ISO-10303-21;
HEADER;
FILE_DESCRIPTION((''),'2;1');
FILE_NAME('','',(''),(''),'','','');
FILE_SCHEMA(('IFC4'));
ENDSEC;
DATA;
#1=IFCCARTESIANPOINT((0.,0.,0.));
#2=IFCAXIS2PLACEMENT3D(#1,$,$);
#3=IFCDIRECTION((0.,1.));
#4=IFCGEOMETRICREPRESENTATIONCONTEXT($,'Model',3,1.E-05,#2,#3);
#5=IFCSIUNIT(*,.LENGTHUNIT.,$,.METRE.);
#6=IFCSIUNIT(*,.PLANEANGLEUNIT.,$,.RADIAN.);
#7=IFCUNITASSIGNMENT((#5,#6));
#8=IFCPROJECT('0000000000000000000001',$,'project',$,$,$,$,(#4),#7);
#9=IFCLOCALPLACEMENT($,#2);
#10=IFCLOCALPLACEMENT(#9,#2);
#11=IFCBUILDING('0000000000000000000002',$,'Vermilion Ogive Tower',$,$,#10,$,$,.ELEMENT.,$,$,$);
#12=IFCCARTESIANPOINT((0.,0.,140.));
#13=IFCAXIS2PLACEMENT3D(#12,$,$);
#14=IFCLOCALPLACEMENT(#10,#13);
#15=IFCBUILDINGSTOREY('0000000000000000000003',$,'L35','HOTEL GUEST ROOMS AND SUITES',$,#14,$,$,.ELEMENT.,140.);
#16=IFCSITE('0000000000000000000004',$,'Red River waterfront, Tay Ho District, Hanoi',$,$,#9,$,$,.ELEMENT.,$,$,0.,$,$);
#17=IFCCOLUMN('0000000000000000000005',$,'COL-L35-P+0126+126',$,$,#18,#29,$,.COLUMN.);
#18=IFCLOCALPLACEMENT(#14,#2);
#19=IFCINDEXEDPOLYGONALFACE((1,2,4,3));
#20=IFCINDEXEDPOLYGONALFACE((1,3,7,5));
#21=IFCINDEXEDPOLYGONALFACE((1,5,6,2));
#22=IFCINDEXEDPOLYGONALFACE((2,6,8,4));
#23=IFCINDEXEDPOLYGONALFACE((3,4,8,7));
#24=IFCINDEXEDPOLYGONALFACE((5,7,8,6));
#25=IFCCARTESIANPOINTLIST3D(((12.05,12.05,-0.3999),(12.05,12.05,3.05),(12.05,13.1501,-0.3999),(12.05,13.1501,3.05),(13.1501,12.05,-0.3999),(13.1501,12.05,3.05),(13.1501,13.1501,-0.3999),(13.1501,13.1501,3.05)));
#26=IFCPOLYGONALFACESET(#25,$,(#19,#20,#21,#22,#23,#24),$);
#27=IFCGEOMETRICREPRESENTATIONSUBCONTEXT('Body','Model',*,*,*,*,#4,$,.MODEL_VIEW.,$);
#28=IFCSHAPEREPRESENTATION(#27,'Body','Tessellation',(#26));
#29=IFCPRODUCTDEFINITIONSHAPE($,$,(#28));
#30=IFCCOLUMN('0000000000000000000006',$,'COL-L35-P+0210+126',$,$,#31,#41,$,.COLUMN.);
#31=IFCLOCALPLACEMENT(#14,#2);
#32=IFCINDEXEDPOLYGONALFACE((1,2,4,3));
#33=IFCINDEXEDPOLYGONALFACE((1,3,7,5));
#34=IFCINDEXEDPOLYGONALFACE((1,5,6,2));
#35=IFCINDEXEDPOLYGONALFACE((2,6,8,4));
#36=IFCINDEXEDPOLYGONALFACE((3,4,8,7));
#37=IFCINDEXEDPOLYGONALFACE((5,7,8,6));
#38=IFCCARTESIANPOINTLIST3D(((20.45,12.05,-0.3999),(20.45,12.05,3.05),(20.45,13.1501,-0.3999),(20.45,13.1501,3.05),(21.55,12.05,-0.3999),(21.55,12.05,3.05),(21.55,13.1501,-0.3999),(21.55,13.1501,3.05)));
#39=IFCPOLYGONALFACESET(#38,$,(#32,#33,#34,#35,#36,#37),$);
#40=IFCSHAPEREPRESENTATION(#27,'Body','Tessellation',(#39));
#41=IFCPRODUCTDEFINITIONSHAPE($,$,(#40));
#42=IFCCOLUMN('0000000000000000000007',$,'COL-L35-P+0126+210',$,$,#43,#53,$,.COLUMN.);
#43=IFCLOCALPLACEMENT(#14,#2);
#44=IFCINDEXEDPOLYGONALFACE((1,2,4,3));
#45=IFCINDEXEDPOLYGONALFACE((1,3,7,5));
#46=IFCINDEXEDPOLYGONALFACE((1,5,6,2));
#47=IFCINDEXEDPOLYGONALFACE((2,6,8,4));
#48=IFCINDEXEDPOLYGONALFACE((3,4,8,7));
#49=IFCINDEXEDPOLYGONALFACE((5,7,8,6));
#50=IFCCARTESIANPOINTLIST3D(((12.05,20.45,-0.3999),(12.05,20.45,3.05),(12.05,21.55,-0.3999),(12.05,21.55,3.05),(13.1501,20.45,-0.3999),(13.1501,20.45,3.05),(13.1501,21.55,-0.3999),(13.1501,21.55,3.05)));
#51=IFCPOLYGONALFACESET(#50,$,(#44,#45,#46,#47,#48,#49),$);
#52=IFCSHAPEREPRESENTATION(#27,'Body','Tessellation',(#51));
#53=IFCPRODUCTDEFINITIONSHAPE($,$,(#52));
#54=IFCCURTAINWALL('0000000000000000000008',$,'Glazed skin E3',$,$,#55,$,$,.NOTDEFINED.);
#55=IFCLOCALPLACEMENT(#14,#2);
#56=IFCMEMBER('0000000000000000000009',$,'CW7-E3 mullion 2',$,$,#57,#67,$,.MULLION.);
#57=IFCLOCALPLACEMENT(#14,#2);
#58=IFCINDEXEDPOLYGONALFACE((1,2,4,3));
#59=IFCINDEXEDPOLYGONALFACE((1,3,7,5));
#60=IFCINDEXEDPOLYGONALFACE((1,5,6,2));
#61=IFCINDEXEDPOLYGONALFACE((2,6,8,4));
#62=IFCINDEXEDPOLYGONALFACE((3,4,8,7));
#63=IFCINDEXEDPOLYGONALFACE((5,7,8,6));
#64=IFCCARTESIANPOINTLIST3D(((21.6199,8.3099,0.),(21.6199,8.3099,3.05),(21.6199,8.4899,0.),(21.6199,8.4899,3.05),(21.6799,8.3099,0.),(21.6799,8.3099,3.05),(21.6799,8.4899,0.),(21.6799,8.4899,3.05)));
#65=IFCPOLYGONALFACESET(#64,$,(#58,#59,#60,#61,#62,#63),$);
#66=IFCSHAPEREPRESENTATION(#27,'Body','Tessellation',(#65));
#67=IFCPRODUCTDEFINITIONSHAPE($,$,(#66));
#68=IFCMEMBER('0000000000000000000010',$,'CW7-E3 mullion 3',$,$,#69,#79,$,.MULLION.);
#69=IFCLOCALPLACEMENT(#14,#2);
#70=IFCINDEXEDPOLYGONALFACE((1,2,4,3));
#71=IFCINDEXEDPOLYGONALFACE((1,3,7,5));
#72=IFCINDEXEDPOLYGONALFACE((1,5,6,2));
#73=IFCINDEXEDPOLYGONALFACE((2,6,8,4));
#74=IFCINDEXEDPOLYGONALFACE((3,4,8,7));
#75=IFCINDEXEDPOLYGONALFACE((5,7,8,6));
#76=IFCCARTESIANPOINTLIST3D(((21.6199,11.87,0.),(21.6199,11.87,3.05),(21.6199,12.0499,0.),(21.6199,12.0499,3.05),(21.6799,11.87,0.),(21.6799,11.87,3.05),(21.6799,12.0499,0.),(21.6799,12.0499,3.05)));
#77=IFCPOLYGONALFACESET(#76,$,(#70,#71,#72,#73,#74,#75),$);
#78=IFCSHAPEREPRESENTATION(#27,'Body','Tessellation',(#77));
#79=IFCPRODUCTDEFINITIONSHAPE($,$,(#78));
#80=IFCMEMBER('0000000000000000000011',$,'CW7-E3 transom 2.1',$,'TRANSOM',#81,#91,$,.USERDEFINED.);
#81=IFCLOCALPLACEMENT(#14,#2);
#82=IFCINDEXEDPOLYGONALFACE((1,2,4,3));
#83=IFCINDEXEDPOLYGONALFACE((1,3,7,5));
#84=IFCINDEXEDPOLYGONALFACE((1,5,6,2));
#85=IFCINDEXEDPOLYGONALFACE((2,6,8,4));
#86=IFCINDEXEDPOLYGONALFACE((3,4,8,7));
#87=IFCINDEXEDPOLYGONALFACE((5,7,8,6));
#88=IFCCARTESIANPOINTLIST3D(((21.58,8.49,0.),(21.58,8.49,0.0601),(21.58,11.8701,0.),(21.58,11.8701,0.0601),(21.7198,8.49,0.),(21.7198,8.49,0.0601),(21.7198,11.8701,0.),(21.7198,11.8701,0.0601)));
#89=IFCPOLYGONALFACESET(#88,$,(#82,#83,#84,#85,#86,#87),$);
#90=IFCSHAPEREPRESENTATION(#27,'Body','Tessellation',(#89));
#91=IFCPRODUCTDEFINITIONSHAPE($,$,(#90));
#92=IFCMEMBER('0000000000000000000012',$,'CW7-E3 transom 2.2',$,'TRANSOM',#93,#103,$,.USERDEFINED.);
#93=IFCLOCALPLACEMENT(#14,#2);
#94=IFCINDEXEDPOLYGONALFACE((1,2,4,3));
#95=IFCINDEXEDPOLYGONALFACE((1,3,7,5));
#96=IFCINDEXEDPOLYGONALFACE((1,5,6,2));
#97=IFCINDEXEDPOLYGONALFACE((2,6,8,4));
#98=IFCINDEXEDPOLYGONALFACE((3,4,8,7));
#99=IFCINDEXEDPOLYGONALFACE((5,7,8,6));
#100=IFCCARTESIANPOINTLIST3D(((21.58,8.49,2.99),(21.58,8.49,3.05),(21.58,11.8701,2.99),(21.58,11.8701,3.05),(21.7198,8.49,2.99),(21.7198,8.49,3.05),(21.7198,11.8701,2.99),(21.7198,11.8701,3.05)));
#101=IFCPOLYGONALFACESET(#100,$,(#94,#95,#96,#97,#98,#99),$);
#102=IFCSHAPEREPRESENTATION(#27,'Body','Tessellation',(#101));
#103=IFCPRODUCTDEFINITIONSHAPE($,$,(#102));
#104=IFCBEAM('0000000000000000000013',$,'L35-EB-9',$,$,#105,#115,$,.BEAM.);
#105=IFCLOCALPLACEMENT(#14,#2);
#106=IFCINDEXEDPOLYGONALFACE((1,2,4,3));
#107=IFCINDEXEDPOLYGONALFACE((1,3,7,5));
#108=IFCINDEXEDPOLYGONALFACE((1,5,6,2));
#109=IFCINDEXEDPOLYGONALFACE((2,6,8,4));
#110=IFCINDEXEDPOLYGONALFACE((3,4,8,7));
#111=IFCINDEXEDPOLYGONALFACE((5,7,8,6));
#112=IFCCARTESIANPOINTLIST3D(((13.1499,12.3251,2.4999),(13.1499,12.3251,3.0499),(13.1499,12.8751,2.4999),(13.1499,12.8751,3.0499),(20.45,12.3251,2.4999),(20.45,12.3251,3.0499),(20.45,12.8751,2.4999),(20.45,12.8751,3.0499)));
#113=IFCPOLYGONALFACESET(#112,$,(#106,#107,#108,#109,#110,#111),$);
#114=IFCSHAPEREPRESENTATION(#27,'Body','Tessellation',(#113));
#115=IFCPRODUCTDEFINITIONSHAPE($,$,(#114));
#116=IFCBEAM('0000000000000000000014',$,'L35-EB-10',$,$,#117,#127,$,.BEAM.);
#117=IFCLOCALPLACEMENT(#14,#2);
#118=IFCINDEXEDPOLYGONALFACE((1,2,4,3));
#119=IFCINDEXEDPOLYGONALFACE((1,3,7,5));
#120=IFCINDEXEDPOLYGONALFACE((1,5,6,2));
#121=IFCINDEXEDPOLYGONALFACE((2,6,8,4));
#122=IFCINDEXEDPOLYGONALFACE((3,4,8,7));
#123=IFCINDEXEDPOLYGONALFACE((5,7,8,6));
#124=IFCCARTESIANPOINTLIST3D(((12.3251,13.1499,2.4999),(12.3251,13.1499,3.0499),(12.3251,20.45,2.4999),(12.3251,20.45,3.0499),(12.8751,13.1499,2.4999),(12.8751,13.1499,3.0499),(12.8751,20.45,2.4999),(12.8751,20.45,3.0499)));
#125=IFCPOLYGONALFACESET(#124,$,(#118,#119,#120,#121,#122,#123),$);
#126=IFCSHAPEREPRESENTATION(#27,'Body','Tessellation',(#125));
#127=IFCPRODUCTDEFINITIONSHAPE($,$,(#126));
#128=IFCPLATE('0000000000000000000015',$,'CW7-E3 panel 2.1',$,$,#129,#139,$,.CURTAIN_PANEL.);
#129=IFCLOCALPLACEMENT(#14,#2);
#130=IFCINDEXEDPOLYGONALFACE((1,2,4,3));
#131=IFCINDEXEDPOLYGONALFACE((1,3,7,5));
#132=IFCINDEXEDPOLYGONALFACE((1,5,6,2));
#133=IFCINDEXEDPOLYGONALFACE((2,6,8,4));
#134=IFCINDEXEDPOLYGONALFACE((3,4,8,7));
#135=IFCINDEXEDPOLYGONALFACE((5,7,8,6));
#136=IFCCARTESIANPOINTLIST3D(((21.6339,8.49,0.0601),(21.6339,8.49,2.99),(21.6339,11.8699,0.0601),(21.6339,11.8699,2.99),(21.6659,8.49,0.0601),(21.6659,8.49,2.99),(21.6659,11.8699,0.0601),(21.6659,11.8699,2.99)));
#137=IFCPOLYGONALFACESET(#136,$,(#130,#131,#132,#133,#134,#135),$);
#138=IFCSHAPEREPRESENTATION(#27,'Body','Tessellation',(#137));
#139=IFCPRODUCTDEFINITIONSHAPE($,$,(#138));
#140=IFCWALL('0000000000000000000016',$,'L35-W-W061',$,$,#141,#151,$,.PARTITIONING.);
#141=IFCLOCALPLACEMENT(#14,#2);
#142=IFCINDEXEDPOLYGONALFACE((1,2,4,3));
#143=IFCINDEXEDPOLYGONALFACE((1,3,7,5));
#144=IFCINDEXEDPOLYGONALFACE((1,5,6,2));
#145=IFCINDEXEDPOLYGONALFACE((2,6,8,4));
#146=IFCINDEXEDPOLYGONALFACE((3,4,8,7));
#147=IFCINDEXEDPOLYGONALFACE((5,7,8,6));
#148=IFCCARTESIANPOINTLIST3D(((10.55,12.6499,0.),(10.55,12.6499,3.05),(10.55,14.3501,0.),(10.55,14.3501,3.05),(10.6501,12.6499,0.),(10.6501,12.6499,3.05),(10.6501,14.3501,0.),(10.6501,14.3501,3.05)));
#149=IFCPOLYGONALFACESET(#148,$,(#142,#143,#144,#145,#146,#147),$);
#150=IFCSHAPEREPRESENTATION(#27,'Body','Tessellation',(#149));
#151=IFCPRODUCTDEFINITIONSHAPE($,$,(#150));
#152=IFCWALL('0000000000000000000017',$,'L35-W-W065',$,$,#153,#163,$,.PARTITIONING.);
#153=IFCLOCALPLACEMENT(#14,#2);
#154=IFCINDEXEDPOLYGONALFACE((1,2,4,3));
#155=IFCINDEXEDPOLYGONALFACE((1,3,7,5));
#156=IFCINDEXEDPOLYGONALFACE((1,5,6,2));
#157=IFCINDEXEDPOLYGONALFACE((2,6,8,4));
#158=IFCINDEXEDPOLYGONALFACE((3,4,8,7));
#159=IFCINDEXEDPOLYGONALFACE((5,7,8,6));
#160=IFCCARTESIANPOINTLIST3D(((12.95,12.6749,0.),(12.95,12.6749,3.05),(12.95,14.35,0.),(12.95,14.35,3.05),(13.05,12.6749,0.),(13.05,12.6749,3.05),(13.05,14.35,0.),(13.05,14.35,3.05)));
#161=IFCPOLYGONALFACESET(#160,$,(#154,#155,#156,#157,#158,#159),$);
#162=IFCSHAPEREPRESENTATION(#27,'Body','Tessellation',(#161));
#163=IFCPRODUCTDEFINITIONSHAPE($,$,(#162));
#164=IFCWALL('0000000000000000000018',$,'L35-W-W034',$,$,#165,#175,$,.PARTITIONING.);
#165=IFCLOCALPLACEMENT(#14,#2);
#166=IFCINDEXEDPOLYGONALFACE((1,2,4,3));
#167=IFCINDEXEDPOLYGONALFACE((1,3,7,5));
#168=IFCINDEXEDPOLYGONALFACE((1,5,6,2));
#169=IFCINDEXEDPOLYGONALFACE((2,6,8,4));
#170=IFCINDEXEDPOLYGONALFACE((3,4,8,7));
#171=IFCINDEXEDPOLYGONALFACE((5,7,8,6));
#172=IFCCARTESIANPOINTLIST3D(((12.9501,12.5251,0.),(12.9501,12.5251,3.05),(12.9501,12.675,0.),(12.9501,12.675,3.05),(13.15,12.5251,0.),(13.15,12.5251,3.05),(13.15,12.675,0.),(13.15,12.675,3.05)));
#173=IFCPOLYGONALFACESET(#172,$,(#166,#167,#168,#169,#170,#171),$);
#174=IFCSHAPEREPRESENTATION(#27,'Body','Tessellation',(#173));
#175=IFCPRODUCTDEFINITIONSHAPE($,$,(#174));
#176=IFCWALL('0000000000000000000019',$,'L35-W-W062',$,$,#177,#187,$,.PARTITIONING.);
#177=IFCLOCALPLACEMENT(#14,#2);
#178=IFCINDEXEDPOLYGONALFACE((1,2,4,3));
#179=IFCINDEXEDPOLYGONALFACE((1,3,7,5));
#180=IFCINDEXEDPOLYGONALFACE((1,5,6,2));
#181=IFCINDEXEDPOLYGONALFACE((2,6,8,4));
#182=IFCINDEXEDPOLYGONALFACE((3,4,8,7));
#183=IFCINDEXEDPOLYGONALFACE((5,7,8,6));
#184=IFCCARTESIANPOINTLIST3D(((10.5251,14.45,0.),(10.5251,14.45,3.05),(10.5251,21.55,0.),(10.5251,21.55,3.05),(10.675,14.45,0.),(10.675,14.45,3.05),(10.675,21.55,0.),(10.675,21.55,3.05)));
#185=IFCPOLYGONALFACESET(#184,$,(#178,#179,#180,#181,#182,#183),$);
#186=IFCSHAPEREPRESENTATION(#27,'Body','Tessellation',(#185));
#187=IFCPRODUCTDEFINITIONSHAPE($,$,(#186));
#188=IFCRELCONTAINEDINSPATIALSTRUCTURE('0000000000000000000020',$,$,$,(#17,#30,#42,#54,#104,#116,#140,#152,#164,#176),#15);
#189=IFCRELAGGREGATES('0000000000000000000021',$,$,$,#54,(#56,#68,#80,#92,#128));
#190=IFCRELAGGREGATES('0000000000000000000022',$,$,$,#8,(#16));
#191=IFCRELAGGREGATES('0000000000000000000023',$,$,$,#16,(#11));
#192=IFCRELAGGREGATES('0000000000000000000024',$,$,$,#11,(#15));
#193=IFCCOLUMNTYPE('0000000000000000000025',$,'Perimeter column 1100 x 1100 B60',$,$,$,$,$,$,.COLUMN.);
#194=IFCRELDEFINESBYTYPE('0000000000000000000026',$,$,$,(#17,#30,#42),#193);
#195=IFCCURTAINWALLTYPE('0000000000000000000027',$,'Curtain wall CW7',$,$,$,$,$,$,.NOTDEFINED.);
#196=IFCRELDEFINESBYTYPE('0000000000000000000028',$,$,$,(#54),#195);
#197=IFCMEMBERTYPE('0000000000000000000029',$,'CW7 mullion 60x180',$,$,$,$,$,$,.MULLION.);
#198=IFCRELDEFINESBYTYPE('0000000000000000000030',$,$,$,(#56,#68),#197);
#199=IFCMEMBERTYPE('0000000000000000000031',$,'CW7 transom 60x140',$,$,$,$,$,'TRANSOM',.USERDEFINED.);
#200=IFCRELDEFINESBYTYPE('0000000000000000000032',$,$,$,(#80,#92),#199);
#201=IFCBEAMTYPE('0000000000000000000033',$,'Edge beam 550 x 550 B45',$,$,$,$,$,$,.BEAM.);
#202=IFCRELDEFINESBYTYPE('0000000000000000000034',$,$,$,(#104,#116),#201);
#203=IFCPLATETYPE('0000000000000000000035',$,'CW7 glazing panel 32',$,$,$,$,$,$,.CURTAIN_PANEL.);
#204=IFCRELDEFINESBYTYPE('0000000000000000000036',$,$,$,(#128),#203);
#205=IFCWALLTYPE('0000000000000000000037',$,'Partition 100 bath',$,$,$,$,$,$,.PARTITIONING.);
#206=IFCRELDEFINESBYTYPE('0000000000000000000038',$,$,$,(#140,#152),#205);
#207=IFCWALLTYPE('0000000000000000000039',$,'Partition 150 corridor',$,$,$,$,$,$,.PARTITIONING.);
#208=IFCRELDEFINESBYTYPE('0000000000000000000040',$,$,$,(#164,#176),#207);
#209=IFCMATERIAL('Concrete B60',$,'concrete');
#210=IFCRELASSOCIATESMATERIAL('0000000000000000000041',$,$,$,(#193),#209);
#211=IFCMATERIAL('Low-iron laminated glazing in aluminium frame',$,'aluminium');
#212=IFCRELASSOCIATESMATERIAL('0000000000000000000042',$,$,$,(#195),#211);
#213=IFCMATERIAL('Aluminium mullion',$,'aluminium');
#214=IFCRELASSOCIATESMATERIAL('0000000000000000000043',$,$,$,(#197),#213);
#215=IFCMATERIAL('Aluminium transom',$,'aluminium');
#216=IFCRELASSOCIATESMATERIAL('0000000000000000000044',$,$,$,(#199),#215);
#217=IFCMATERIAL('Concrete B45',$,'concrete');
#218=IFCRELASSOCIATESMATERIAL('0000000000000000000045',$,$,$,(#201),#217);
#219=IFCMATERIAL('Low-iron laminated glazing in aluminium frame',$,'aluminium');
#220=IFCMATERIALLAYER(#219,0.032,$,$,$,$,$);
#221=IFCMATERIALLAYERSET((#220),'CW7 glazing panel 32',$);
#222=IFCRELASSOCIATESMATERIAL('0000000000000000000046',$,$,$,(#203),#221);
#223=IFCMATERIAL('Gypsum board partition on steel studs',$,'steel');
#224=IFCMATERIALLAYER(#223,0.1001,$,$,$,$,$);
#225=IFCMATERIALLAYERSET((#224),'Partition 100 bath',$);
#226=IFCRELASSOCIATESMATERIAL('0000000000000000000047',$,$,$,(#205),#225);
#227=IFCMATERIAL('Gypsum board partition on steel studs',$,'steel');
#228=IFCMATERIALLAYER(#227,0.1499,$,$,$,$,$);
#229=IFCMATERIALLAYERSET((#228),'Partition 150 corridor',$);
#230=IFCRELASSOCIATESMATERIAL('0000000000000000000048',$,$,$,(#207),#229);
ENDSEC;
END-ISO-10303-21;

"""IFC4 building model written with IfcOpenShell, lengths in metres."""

from ifc_helpers import new_model, si_unit, direction, frame, frame_2d, origin, origin_2d, place, context, subcontext, project, spatial, rectangle, extrude, material, layer, layer_set, material_profile, profile_set, type_object, element, aggregate, save


model = new_model("IFC4")

# Units and contexts
model_context = context("Model", 3, precision=1e-05, world=origin(), true_north=direction((0.0, 1.0)))
body_context = subcontext(model_context, "Body", "Model", "MODEL_VIEW")
ifc_project = project(units=[si_unit("LENGTHUNIT", "METRE"), si_unit("PLANEANGLEUNIT", "RADIAN")], contexts=[model_context])

# Site, building, storey
site_placement = place(None, origin())
site = spatial("IfcSite", under=ifc_project, at=site_placement, Name="Red River waterfront, Tay Ho District, Hanoi", CompositionType="ELEMENT", RefElevation=0.0)
building_placement = place(site_placement, origin())
building = spatial("IfcBuilding", under=site, at=building_placement, Name="Vermilion Ogive Tower", CompositionType="ELEMENT")
storey_placement = place(building_placement, frame((0.0, 0.0, 140.0)))
storey = spatial("IfcBuildingStorey", under=building, at=storey_placement, Name="L35", Description="HOTEL GUEST ROOMS AND SUITES", CompositionType="ELEMENT", Elevation=140.0)

# Columns
ifc_material_1 = material(Name="Concrete B60", Category="concrete")
ifc_material_profile_1 = material_profile(ifc_material_1, rectangle(XDim=1.1001, YDim=1.1001, at=origin_2d()), Name="1100 x 1100")
ifc_profile_set_1 = profile_set([ifc_material_profile_1], Name="Concrete B60")
column_type = type_object("IfcColumnType", Name="Perimeter column 1100 x 1100 B60", PredefinedType="COLUMN", material=ifc_profile_set_1)
for number, where, z_axis, x_axis, name in (
    (1, (12.6001, 12.6001, -0.3999), (0.0, 0.0, 1.0), (1.0, 0.0, 0.0), "COL-L35-P+0126+126"),
    (2, (21.0, 12.6001, -0.3999), (0.0, 0.0, 1.0), (1.0, 0.0, 0.0), "COL-L35-P+0210+126"),
    (3, (12.6001, 21.0, -0.3999), (0.0, 0.0, 1.0), (1.0, 0.0, 0.0), "COL-L35-P+0126+210"),
):
    element("IfcColumn", number, at=place(storey_placement, frame(where, z_axis=z_axis, x_axis=x_axis)), inside=storey, type_object=column_type, Name=name, PredefinedType="COLUMN", context=body_context, shape_type="SweptSolid", body=[
        extrude(rectangle(XDim=1.1001, YDim=1.1001, at=origin_2d()), origin(), (0.0, 0.0, 1.0), 3.45),
    ])

# Curtain wall, members
ifc_material_2 = material(Name="Low-iron laminated glazing in aluminium frame", Category="aluminium")
curtain_wall_type = type_object("IfcCurtainWallType", Name="Curtain wall CW7", PredefinedType="NOTDEFINED", material=ifc_material_2)
curtain_wall_placement = place(storey_placement, origin())
curtain_wall = element("IfcCurtainWall", 4, at=curtain_wall_placement, inside=storey, type_object=curtain_wall_type, Name="Glazed skin E3", PredefinedType="NOTDEFINED")
ifc_material_3 = material(Name="Aluminium mullion", Category="aluminium")
ifc_material_profile_2 = material_profile(ifc_material_3, rectangle(XDim=0.0601, YDim=0.1799, at=origin_2d()), Name="AL 60x180")
ifc_profile_set_2 = profile_set([ifc_material_profile_2], Name="Aluminium mullion")
member_type_1 = type_object("IfcMemberType", Name="CW7 mullion 60x180", PredefinedType="MULLION", material=ifc_profile_set_2)
member_1_placement = place(storey_placement, frame((21.6499, 8.3999, 0.0), z_axis=(0.0, 0.0, 1.0), x_axis=(-1.0, 0.0, 0.0)))
member_1 = element("IfcMember", 5, at=member_1_placement, type_object=member_type_1, Name="CW7-E3 mullion 2", PredefinedType="MULLION", context=body_context, shape_type="SweptSolid", body=[
    extrude(rectangle(XDim=0.0601, YDim=0.1799, at=origin_2d()), origin(), (0.0, 0.0, 1.0), 3.05),
])
member_2_placement = place(storey_placement, frame((21.6499, 11.96, 0.0), z_axis=(0.0, 0.0, 1.0), x_axis=(-1.0, 0.0, 0.0)))
member_2 = element("IfcMember", 6, at=member_2_placement, type_object=member_type_1, Name="CW7-E3 mullion 3", PredefinedType="MULLION", context=body_context, shape_type="SweptSolid", body=[
    extrude(rectangle(XDim=0.0601, YDim=0.1799, at=origin_2d()), origin(), (0.0, 0.0, 1.0), 3.05),
])
ifc_material_4 = material(Name="Aluminium transom", Category="aluminium")
ifc_material_profile_3 = material_profile(ifc_material_4, rectangle(XDim=0.1399, YDim=0.0601, at=origin_2d()), Name="AL 60x140")
ifc_profile_set_3 = profile_set([ifc_material_profile_3], Name="Aluminium transom")
member_type_2 = type_object("IfcMemberType", Name="CW7 transom 60x140", ElementType="TRANSOM", PredefinedType="USERDEFINED", material=ifc_profile_set_3)
member_3_placement = place(storey_placement, frame((21.6499, 8.49, 0.03), z_axis=(0.0, 1.0, 0.0), x_axis=(-1.0, 0.0, 0.0)))
member_3 = element("IfcMember", 7, at=member_3_placement, type_object=member_type_2, Name="CW7-E3 transom 2.1", ObjectType="TRANSOM", PredefinedType="USERDEFINED", context=body_context, shape_type="SweptSolid", body=[
    extrude(rectangle(XDim=0.1399, YDim=0.0601, at=origin_2d()), origin(), (0.0, 0.0, 1.0), 3.3801),
])
member_4_placement = place(storey_placement, frame((21.6499, 8.49, 3.02), z_axis=(0.0, 1.0, 0.0), x_axis=(-1.0, 0.0, 0.0)))
member_4 = element("IfcMember", 8, at=member_4_placement, type_object=member_type_2, Name="CW7-E3 transom 2.2", ObjectType="TRANSOM", PredefinedType="USERDEFINED", context=body_context, shape_type="SweptSolid", body=[
    extrude(rectangle(XDim=0.1399, YDim=0.0601, at=origin_2d()), origin(), (0.0, 0.0, 1.0), 3.3801),
])

# Beams
ifc_material_5 = material(Name="Concrete B45", Category="concrete")
ifc_material_profile_4 = material_profile(ifc_material_5, rectangle(XDim=0.55, YDim=0.55, at=origin_2d()), Name="550 x 550")
ifc_profile_set_4 = profile_set([ifc_material_profile_4], Name="Concrete B45")
beam_type = type_object("IfcBeamType", Name="Edge beam 550 x 550 B45", PredefinedType="BEAM", material=ifc_profile_set_4)
for number, where, z_axis, x_axis, name in (
    (9, (20.45, 12.6001, 2.7749), (-1.0, 0.0, 0.0), (0.0, -1.0, 0.0), "L35-EB-9"),
    (10, (12.6001, 13.1499, 2.7749), (0.0, 1.0, 0.0), (-1.0, 0.0, 0.0), "L35-EB-10"),
):
    element("IfcBeam", number, at=place(storey_placement, frame(where, z_axis=z_axis, x_axis=x_axis)), inside=storey, type_object=beam_type, Name=name, PredefinedType="BEAM", context=body_context, shape_type="SweptSolid", body=[
        extrude(rectangle(XDim=0.55, YDim=0.55, at=origin_2d()), origin(), (0.0, 0.0, 1.0), 7.3),
    ])

# Plate
ifc_material_6 = material(Name="Low-iron laminated glazing in aluminium frame", Category="aluminium")
ifc_layer_1 = layer(ifc_material_6, 0.032)
ifc_layer_set_1 = layer_set([ifc_layer_1], Name="CW7 glazing panel 32")
plate_type = type_object("IfcPlateType", Name="CW7 glazing panel 32", PredefinedType="CURTAIN_PANEL", material=ifc_layer_set_1)
plate_placement = place(storey_placement, frame((21.6499, 10.1799, 0.0601), z_axis=(0.0, 0.0, 1.0), x_axis=(0.0, 1.0, 0.0)))
plate = element("IfcPlate", 11, at=plate_placement, type_object=plate_type, Name="CW7-E3 panel 2.1", PredefinedType="CURTAIN_PANEL", context=body_context, shape_type="SweptSolid", body=[
    extrude(rectangle(XDim=3.3799, YDim=0.032, at=origin_2d()), origin(), (0.0, 0.0, 1.0), 2.9299),
])
aggregate(curtain_wall, [member_1, member_2, member_3, member_4, plate])

# Walls
ifc_material_7 = material(Name="Gypsum board partition on steel studs", Category="steel")
ifc_layer_2 = layer(ifc_material_7, 0.1001)
ifc_layer_set_2 = layer_set([ifc_layer_2], Name="Partition 100 bath")
wall_type_1 = type_object("IfcWallType", Name="Partition 100 bath", PredefinedType="PARTITIONING", material=ifc_layer_set_2)
wall_1_placement = place(storey_placement, frame((10.6001, 12.6499, 0.0), z_axis=(0.0, 0.0, 1.0), x_axis=(0.0, 1.0, 0.0)))
element("IfcWall", 12, at=wall_1_placement, inside=storey, type_object=wall_type_1, Name="L35-W-W061", PredefinedType="PARTITIONING", context=body_context, shape_type="SweptSolid", body=[
    extrude(rectangle(XDim=1.7002, YDim=0.1001, at=frame_2d((0.8501, 0.0))), origin(), (0.0, 0.0, 1.0), 3.05),
])
wall_2_placement = place(storey_placement, frame((13.0, 12.675, 0.0), z_axis=(0.0, 0.0, 1.0), x_axis=(0.0, 1.0, 0.0)))
element("IfcWall", 13, at=wall_2_placement, inside=storey, type_object=wall_type_1, Name="L35-W-W065", PredefinedType="PARTITIONING", context=body_context, shape_type="SweptSolid", body=[
    extrude(rectangle(XDim=1.675, YDim=0.1001, at=frame_2d((0.8374, 0.0))), origin(), (0.0, 0.0, 1.0), 3.05),
])
ifc_material_8 = material(Name="Gypsum board partition on steel studs", Category="steel")
ifc_layer_3 = layer(ifc_material_8, 0.1499)
ifc_layer_set_3 = layer_set([ifc_layer_3], Name="Partition 150 corridor")
wall_type_2 = type_object("IfcWallType", Name="Partition 150 corridor", PredefinedType="PARTITIONING", material=ifc_layer_set_3)
wall_3_placement = place(storey_placement, frame((12.95, 12.6001, 0.0), z_axis=(0.0, 0.0, 1.0), x_axis=(1.0, 0.0, 0.0)))
element("IfcWall", 14, at=wall_3_placement, inside=storey, type_object=wall_type_2, Name="L35-W-W034", PredefinedType="PARTITIONING", context=body_context, shape_type="SweptSolid", body=[
    extrude(rectangle(XDim=0.2, YDim=0.1499, at=frame_2d((0.1001, 0.0))), origin(), (0.0, 0.0, 1.0), 3.05),
])
wall_4_placement = place(storey_placement, frame((10.6001, 14.45, 0.0), z_axis=(0.0, 0.0, 1.0), x_axis=(0.0, 1.0, 0.0)))
element("IfcWall", 15, at=wall_4_placement, inside=storey, type_object=wall_type_2, Name="L35-W-W062", PredefinedType="PARTITIONING", context=body_context, shape_type="SweptSolid", body=[
    extrude(rectangle(XDim=7.1001, YDim=0.1499, at=frame_2d((3.55, 0.0))), origin(), (0.0, 0.0, 1.0), 3.05),
])

save(model, "model.ifc")
